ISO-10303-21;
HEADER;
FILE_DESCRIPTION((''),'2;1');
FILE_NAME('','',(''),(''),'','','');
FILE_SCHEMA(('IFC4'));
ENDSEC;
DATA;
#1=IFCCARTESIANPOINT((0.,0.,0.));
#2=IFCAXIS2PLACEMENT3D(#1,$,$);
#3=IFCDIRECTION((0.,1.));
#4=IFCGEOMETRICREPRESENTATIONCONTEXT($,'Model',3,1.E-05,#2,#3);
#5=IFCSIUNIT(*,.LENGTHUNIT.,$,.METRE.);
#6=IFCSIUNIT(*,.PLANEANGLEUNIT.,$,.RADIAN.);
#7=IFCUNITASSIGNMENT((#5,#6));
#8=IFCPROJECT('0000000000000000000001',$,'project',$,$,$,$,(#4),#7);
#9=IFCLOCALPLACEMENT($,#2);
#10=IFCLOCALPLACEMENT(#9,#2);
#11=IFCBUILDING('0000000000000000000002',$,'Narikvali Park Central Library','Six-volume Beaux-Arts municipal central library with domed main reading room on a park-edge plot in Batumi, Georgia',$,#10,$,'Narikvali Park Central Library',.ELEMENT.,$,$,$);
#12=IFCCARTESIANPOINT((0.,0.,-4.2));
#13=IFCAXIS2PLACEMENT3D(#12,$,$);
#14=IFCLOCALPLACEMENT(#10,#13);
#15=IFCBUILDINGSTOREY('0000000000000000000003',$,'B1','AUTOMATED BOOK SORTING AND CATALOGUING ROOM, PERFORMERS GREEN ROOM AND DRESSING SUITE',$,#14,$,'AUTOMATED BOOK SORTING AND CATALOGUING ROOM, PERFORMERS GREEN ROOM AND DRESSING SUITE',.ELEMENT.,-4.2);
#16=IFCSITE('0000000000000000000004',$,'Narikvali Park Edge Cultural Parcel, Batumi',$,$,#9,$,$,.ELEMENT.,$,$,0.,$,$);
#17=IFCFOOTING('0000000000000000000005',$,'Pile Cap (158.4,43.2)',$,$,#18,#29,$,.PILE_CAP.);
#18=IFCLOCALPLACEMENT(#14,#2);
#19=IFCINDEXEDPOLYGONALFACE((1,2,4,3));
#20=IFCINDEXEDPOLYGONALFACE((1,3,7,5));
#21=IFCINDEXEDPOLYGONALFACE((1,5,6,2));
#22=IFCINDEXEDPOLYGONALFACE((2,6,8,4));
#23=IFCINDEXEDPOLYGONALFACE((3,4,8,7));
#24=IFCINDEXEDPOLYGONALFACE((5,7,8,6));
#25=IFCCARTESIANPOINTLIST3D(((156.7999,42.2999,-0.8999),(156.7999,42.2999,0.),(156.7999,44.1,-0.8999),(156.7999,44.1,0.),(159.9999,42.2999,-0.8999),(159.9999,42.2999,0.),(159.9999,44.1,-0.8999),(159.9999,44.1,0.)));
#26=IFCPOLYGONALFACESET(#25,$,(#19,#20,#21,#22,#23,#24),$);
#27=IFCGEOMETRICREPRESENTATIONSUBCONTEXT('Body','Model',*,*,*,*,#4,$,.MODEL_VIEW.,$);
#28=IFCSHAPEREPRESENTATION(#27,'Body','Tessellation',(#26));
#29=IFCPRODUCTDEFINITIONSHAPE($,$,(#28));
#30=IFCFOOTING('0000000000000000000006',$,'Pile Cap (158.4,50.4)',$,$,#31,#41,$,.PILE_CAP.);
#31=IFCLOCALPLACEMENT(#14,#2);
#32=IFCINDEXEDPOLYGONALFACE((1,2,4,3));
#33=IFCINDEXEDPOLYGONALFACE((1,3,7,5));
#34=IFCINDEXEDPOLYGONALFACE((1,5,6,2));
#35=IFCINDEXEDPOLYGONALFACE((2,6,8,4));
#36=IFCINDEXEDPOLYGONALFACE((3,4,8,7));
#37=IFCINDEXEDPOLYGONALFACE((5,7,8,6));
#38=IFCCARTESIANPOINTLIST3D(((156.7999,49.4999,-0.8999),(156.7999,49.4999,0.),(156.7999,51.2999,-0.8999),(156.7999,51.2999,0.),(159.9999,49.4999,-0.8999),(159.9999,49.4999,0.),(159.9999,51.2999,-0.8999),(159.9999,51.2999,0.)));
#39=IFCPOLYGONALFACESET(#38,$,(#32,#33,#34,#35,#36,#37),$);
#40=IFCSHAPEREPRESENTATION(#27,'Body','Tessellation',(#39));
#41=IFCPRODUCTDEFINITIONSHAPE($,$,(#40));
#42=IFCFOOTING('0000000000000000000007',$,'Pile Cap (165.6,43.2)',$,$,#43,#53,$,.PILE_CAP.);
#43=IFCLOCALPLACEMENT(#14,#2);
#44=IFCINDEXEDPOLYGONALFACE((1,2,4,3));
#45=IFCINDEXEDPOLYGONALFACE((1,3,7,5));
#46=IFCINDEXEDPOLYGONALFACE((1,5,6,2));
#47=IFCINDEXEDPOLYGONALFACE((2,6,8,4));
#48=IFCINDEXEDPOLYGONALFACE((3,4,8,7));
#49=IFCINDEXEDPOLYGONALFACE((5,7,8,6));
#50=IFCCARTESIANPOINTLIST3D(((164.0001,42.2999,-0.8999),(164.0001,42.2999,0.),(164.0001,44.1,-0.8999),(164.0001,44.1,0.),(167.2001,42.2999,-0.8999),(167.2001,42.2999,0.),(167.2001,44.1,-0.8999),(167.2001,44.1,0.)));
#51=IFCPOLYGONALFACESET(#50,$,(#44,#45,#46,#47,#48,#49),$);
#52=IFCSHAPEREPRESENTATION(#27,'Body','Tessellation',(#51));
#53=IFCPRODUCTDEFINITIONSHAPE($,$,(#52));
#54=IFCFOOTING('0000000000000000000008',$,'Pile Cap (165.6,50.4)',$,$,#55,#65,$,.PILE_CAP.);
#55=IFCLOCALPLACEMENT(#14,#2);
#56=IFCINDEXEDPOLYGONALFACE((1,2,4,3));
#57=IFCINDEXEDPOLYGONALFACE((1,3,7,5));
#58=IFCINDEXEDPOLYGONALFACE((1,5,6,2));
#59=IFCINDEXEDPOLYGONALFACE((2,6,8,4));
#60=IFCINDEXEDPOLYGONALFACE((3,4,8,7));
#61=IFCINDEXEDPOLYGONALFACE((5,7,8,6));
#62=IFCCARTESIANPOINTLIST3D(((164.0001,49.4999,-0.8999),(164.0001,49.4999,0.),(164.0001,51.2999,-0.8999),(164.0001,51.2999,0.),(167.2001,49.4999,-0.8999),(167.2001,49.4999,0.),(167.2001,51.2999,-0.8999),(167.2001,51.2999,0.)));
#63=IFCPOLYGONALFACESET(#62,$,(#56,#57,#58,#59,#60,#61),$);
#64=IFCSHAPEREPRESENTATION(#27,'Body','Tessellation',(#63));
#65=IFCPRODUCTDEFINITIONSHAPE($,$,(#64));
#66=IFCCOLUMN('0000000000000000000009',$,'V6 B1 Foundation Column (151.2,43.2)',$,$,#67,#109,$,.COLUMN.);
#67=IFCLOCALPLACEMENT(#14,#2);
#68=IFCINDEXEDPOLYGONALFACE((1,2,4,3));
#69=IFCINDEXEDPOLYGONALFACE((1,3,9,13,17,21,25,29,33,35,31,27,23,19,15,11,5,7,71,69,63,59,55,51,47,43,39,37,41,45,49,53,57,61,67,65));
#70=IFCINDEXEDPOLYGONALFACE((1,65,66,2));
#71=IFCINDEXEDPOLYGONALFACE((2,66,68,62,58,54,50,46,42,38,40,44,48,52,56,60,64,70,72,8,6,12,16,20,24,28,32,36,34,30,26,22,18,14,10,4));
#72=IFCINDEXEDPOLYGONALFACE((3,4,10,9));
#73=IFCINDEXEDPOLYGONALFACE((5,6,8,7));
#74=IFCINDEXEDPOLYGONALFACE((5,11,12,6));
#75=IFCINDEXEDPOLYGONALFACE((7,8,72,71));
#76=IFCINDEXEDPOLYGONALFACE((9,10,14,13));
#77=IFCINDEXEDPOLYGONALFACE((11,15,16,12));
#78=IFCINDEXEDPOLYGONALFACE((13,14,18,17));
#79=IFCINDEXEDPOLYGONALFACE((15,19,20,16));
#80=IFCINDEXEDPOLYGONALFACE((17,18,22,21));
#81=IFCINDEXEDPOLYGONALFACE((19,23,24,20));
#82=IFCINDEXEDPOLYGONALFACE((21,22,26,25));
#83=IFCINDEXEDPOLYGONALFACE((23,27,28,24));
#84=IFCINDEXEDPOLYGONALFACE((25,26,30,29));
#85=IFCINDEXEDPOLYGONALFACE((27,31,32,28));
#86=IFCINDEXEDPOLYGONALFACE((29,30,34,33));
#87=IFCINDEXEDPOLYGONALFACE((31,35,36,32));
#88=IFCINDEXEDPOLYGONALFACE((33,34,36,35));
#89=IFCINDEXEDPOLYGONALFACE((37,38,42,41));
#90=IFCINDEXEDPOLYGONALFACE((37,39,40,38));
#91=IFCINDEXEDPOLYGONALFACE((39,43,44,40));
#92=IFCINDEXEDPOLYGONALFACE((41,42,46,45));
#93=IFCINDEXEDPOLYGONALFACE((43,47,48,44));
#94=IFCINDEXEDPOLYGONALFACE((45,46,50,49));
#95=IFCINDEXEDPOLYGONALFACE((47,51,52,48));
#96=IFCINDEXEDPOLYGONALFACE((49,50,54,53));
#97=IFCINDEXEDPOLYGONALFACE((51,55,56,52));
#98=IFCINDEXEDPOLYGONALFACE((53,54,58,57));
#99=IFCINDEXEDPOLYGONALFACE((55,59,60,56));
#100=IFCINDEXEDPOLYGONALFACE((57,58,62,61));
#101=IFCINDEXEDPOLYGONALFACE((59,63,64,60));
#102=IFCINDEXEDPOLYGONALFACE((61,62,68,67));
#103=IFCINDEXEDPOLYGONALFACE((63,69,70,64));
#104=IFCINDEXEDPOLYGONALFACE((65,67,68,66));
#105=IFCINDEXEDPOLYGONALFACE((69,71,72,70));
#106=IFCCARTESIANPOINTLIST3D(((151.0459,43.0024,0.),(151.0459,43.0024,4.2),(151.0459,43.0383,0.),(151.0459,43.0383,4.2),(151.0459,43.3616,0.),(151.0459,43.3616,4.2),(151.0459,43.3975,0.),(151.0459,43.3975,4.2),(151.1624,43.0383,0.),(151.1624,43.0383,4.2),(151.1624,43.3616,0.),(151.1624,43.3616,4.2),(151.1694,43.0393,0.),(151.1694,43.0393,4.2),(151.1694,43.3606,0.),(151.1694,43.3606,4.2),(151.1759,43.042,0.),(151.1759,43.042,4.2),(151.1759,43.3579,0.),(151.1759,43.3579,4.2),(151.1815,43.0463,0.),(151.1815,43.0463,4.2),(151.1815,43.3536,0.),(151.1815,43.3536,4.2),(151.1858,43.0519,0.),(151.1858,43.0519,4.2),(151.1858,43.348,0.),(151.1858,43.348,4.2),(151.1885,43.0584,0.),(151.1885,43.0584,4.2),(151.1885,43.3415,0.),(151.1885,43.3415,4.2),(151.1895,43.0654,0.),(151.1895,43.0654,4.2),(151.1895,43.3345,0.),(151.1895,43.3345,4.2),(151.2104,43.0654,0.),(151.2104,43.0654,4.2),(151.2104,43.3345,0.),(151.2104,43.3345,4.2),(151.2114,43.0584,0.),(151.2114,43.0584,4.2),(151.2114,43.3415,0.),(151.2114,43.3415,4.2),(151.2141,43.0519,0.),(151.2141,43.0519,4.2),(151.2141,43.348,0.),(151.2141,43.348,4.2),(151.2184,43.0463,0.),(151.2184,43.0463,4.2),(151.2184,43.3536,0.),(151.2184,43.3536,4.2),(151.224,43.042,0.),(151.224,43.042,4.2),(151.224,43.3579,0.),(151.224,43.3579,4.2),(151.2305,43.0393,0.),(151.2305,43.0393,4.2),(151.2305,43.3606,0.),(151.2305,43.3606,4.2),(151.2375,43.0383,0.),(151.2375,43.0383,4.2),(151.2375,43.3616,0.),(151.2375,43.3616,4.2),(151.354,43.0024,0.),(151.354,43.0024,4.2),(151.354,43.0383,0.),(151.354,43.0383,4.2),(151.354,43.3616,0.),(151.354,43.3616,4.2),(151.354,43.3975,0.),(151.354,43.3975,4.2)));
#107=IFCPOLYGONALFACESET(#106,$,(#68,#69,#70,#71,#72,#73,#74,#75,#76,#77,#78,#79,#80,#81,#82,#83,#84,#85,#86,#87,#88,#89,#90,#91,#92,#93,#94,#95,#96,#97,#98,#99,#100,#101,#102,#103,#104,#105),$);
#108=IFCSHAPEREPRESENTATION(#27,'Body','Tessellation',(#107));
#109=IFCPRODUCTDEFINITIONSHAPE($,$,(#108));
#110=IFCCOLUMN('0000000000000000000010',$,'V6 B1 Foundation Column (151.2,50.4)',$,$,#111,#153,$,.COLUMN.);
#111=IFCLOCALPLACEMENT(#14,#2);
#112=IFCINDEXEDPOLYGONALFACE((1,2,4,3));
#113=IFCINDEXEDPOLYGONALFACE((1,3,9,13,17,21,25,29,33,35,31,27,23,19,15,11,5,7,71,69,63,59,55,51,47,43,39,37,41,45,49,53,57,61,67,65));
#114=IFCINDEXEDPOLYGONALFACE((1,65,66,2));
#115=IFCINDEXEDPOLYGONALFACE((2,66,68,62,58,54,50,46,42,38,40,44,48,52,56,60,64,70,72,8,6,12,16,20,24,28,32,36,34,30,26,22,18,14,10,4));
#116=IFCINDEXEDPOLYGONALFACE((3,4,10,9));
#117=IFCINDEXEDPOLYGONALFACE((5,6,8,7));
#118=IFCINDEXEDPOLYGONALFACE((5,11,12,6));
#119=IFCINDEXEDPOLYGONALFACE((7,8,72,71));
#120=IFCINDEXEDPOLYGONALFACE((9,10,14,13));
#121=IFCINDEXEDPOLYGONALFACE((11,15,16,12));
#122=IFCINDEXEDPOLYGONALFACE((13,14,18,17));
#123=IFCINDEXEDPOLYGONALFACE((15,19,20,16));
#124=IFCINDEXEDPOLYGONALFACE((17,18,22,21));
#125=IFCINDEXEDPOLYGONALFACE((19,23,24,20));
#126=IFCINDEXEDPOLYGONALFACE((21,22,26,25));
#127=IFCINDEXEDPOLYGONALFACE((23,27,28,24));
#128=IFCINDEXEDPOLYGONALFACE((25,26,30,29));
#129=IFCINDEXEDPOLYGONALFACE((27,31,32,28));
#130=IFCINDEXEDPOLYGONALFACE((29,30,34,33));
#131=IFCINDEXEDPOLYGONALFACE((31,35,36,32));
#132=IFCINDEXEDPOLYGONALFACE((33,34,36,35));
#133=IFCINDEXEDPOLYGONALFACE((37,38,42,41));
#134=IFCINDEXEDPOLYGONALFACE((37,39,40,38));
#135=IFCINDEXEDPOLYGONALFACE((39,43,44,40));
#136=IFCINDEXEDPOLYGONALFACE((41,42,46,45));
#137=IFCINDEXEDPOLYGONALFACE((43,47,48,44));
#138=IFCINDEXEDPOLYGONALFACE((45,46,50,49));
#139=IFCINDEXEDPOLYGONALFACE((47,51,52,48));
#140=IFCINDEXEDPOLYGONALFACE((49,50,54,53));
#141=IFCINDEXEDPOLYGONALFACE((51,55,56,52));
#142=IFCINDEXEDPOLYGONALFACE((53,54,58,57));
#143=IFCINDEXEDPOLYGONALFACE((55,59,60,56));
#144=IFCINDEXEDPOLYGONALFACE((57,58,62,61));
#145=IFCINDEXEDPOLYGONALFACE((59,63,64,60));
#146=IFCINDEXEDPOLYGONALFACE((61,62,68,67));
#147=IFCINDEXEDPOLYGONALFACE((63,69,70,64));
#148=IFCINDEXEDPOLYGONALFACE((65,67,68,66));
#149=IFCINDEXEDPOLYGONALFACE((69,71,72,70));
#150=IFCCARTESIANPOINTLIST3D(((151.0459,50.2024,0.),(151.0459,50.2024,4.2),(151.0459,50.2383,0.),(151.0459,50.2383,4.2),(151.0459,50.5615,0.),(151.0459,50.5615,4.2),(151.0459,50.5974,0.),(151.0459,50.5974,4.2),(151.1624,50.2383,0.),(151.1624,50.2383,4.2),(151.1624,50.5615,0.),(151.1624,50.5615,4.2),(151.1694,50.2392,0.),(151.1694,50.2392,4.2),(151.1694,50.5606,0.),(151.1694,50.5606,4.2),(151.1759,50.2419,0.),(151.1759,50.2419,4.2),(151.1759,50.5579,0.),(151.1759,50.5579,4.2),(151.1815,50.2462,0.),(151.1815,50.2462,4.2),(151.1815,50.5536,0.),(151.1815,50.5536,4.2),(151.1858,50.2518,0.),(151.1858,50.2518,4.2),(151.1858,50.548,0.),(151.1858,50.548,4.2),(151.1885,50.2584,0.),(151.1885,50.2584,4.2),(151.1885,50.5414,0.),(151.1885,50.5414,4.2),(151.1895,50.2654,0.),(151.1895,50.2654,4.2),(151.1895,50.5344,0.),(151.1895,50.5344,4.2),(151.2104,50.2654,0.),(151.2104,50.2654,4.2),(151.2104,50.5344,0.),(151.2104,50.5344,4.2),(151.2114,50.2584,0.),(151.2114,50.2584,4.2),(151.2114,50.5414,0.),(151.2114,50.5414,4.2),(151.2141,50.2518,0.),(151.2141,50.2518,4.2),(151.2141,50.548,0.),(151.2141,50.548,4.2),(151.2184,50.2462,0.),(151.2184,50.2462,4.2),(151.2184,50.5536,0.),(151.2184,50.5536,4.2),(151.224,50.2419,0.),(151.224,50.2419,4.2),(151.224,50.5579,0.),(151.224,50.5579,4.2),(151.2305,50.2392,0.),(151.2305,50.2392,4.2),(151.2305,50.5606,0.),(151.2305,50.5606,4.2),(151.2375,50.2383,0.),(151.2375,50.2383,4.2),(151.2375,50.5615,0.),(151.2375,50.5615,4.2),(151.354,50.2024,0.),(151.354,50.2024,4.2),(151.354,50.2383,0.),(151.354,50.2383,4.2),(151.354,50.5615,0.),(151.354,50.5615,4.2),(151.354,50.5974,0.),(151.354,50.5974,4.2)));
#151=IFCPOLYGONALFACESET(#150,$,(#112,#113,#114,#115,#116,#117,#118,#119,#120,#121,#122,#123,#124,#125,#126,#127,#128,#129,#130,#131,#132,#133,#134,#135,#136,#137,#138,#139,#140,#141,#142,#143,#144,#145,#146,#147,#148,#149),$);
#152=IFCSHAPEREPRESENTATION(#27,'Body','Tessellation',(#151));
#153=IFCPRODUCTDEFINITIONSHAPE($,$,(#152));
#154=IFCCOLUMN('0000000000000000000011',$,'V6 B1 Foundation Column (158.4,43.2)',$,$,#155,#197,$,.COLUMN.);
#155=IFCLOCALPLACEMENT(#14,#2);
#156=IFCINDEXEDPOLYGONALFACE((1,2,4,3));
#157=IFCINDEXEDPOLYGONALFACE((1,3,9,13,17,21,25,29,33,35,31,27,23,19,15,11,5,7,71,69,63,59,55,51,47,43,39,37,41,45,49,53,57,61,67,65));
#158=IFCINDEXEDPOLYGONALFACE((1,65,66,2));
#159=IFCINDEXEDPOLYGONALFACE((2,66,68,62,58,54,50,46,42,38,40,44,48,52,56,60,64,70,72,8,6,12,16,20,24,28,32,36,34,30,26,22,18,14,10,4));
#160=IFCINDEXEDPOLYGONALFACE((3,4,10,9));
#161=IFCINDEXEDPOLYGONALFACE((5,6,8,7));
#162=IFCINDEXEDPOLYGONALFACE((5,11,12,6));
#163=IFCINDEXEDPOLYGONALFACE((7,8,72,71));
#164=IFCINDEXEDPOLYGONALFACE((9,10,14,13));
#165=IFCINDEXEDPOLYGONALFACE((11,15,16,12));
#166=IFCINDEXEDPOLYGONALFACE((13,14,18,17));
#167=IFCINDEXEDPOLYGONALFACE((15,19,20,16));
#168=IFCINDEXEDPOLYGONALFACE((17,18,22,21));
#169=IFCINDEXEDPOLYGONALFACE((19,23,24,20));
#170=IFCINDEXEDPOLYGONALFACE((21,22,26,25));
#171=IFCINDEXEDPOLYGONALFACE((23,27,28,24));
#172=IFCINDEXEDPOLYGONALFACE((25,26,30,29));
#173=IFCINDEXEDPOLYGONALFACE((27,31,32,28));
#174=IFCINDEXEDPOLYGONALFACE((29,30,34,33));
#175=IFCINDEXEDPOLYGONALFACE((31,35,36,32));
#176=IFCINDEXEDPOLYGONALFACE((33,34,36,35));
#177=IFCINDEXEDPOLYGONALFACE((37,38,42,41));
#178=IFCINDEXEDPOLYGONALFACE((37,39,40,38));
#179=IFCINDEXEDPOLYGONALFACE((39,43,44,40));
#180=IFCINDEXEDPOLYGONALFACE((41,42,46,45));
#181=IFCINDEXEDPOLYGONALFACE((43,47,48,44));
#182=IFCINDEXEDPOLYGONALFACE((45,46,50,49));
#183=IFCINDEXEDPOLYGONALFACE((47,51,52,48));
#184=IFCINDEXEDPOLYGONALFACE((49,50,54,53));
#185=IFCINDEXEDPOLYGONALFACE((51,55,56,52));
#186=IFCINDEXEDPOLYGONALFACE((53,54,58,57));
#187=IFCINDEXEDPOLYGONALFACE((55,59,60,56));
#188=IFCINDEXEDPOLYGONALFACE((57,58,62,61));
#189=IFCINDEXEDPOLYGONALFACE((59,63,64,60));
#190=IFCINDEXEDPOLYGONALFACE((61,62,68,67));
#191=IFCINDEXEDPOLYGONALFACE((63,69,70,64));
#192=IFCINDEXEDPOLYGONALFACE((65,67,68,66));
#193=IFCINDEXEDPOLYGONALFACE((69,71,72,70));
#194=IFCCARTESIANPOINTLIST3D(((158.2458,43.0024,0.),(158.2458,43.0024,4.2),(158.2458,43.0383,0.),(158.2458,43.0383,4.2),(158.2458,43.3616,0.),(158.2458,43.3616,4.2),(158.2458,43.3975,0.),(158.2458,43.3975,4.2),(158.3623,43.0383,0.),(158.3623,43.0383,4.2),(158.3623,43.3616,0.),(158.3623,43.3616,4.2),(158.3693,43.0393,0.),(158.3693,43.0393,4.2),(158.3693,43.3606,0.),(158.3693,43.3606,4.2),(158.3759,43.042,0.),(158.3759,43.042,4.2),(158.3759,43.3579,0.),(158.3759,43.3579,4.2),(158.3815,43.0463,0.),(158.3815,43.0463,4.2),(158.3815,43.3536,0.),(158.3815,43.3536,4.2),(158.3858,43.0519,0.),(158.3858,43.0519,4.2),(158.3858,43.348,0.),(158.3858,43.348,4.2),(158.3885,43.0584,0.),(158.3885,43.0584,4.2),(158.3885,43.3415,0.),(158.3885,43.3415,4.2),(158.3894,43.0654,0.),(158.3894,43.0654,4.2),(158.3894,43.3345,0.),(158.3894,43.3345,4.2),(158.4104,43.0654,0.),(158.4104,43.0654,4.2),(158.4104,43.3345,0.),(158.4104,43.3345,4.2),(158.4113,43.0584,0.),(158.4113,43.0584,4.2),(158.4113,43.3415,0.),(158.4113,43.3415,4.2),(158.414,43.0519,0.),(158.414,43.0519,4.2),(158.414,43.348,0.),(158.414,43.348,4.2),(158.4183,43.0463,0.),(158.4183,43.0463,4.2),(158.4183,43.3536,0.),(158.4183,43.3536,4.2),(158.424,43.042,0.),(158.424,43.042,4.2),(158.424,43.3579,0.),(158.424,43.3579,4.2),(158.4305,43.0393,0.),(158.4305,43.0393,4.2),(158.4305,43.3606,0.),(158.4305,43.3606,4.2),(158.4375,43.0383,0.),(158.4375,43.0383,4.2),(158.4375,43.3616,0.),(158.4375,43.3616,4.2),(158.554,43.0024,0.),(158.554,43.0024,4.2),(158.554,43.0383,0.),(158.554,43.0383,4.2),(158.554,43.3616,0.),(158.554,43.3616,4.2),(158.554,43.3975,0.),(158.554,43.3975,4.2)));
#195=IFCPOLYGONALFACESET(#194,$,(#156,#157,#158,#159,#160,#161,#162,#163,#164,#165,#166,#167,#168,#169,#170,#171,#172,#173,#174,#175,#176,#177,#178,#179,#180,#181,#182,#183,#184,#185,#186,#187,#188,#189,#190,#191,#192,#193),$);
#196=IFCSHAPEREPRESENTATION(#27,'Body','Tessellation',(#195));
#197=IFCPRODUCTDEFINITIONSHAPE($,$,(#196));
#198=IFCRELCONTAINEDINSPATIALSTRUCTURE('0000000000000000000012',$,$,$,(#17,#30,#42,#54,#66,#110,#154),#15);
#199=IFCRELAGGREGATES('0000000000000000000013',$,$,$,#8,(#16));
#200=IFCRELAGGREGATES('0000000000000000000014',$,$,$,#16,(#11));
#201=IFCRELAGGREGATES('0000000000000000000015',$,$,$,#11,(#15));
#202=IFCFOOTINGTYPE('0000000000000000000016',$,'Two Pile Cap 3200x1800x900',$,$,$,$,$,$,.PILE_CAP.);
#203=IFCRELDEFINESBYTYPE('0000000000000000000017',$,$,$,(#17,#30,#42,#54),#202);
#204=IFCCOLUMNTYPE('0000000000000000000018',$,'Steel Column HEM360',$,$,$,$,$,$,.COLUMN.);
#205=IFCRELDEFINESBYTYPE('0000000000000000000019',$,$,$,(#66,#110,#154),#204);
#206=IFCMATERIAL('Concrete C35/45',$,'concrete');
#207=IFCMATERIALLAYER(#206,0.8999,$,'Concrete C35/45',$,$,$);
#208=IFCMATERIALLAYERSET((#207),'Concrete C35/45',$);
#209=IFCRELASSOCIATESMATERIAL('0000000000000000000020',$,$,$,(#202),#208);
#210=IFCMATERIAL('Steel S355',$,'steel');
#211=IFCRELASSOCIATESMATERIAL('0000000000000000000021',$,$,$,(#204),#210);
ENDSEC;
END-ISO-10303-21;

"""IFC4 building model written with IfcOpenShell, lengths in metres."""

from ifc_helpers import new_model, si_unit, direction, frame, origin, origin_2d, place, context, subcontext, project, spatial, rectangle, i_section, extrude, material, layer, layer_set, material_profile, profile_set, type_object, element, save


model = new_model("IFC4")

# Units and contexts
model_context = context("Model", 3, precision=1e-05, world=origin(), true_north=direction((0.0, 1.0)))
body_context = subcontext(model_context, "Body", "Model", "MODEL_VIEW")
ifc_project = project(units=[si_unit("LENGTHUNIT", "METRE"), si_unit("PLANEANGLEUNIT", "RADIAN")], contexts=[model_context])

# Site, building, storey
site_placement = place(None, origin())
site = spatial("IfcSite", under=ifc_project, at=site_placement, Name="Narikvali Park Edge Cultural Parcel, Batumi", CompositionType="ELEMENT", RefElevation=0.0)
building_placement = place(site_placement, origin())
building = spatial("IfcBuilding", under=site, at=building_placement, Name="Narikvali Park Central Library", Description="Six-volume Beaux-Arts municipal central library with domed main reading room on a park-edge plot in Batumi, Georgia", LongName="Narikvali Park Central Library", CompositionType="ELEMENT")
storey_placement = place(building_placement, frame((0.0, 0.0, -4.2)))
storey = spatial("IfcBuildingStorey", under=building, at=storey_placement, Name="B1", Description="AUTOMATED BOOK SORTING AND CATALOGUING ROOM, PERFORMERS GREEN ROOM AND DRESSING SUITE", LongName="AUTOMATED BOOK SORTING AND CATALOGUING ROOM, PERFORMERS GREEN ROOM AND DRESSING SUITE", CompositionType="ELEMENT", Elevation=-4.2)

# Shared definitions
ifc_material_1 = material(Name="Concrete C35/45", Category="concrete")

# Footings
ifc_layer_1 = layer(ifc_material_1, 0.8999, Name="Concrete C35/45")
ifc_layer_set_1 = layer_set([ifc_layer_1], Name="Concrete C35/45")
footing_type_1 = type_object("IfcFootingType", Name="Two Pile Cap 3200x1800x900", PredefinedType="PILE_CAP", material=ifc_layer_set_1)
for number, where, z_axis, x_axis, name in (
    (1, (158.3999, 43.2, -0.8999), (0.0, 0.0, 1.0), (1.0, 0.0, 0.0), "Pile Cap (158.4,43.2)"),
    (2, (158.3999, 50.3999, -0.8999), (0.0, 0.0, 1.0), (1.0, 0.0, 0.0), "Pile Cap (158.4,50.4)"),
    (3, (165.6001, 43.2, -0.8999), (0.0, 0.0, 1.0), (1.0, 0.0, 0.0), "Pile Cap (165.6,43.2)"),
    (4, (165.6001, 50.3999, -0.8999), (0.0, 0.0, 1.0), (1.0, 0.0, 0.0), "Pile Cap (165.6,50.4)"),
):
    element("IfcFooting", number, at=place(storey_placement, frame(where, z_axis=z_axis, x_axis=x_axis)), inside=storey, type_object=footing_type_1, Name=name, PredefinedType="PILE_CAP", context=body_context, shape_type="SweptSolid", body=[
        extrude(rectangle(XDim=3.2, YDim=1.8, at=origin_2d()), origin(), (0.0, 0.0, 1.0), 0.8999),
    ])

# Columns
ifc_material_2 = material(Name="Steel S355", Category="steel")
ifc_material_profile_1 = material_profile(ifc_material_2, i_section(OverallWidth=0.3081, OverallDepth=0.395, WebThickness=0.021, FlangeThickness=0.0359, FilletRadius=0.0271, at=origin_2d()), Name="HEM 360")
ifc_profile_set_1 = profile_set([ifc_material_profile_1], Name="Steel S355")
column_type = type_object("IfcColumnType", Name="Steel Column HEM360", PredefinedType="COLUMN", material=ifc_profile_set_1)
for number, where, z_axis, x_axis, name in (
    (5, (151.2, 43.2, 0.0), (0.0, 0.0, 1.0), (1.0, 0.0, 0.0), "V6 B1 Foundation Column (151.2,43.2)"),
    (6, (151.2, 50.3999, 0.0), (0.0, 0.0, 1.0), (1.0, 0.0, 0.0), "V6 B1 Foundation Column (151.2,50.4)"),
    (7, (158.3999, 43.2, 0.0), (0.0, 0.0, 1.0), (1.0, 0.0, 0.0), "V6 B1 Foundation Column (158.4,43.2)"),
):
    element("IfcColumn", number, at=place(storey_placement, frame(where, z_axis=z_axis, x_axis=x_axis)), inside=storey, type_object=column_type, Name=name, PredefinedType="COLUMN", context=body_context, shape_type="SweptSolid", body=[
        extrude(i_section(OverallWidth=0.3081, OverallDepth=0.395, WebThickness=0.021, FlangeThickness=0.0359, FilletRadius=0.0271, at=origin_2d()), origin(), (0.0, 0.0, 1.0), 4.2),
    ])

save(model, "model.ifc")
